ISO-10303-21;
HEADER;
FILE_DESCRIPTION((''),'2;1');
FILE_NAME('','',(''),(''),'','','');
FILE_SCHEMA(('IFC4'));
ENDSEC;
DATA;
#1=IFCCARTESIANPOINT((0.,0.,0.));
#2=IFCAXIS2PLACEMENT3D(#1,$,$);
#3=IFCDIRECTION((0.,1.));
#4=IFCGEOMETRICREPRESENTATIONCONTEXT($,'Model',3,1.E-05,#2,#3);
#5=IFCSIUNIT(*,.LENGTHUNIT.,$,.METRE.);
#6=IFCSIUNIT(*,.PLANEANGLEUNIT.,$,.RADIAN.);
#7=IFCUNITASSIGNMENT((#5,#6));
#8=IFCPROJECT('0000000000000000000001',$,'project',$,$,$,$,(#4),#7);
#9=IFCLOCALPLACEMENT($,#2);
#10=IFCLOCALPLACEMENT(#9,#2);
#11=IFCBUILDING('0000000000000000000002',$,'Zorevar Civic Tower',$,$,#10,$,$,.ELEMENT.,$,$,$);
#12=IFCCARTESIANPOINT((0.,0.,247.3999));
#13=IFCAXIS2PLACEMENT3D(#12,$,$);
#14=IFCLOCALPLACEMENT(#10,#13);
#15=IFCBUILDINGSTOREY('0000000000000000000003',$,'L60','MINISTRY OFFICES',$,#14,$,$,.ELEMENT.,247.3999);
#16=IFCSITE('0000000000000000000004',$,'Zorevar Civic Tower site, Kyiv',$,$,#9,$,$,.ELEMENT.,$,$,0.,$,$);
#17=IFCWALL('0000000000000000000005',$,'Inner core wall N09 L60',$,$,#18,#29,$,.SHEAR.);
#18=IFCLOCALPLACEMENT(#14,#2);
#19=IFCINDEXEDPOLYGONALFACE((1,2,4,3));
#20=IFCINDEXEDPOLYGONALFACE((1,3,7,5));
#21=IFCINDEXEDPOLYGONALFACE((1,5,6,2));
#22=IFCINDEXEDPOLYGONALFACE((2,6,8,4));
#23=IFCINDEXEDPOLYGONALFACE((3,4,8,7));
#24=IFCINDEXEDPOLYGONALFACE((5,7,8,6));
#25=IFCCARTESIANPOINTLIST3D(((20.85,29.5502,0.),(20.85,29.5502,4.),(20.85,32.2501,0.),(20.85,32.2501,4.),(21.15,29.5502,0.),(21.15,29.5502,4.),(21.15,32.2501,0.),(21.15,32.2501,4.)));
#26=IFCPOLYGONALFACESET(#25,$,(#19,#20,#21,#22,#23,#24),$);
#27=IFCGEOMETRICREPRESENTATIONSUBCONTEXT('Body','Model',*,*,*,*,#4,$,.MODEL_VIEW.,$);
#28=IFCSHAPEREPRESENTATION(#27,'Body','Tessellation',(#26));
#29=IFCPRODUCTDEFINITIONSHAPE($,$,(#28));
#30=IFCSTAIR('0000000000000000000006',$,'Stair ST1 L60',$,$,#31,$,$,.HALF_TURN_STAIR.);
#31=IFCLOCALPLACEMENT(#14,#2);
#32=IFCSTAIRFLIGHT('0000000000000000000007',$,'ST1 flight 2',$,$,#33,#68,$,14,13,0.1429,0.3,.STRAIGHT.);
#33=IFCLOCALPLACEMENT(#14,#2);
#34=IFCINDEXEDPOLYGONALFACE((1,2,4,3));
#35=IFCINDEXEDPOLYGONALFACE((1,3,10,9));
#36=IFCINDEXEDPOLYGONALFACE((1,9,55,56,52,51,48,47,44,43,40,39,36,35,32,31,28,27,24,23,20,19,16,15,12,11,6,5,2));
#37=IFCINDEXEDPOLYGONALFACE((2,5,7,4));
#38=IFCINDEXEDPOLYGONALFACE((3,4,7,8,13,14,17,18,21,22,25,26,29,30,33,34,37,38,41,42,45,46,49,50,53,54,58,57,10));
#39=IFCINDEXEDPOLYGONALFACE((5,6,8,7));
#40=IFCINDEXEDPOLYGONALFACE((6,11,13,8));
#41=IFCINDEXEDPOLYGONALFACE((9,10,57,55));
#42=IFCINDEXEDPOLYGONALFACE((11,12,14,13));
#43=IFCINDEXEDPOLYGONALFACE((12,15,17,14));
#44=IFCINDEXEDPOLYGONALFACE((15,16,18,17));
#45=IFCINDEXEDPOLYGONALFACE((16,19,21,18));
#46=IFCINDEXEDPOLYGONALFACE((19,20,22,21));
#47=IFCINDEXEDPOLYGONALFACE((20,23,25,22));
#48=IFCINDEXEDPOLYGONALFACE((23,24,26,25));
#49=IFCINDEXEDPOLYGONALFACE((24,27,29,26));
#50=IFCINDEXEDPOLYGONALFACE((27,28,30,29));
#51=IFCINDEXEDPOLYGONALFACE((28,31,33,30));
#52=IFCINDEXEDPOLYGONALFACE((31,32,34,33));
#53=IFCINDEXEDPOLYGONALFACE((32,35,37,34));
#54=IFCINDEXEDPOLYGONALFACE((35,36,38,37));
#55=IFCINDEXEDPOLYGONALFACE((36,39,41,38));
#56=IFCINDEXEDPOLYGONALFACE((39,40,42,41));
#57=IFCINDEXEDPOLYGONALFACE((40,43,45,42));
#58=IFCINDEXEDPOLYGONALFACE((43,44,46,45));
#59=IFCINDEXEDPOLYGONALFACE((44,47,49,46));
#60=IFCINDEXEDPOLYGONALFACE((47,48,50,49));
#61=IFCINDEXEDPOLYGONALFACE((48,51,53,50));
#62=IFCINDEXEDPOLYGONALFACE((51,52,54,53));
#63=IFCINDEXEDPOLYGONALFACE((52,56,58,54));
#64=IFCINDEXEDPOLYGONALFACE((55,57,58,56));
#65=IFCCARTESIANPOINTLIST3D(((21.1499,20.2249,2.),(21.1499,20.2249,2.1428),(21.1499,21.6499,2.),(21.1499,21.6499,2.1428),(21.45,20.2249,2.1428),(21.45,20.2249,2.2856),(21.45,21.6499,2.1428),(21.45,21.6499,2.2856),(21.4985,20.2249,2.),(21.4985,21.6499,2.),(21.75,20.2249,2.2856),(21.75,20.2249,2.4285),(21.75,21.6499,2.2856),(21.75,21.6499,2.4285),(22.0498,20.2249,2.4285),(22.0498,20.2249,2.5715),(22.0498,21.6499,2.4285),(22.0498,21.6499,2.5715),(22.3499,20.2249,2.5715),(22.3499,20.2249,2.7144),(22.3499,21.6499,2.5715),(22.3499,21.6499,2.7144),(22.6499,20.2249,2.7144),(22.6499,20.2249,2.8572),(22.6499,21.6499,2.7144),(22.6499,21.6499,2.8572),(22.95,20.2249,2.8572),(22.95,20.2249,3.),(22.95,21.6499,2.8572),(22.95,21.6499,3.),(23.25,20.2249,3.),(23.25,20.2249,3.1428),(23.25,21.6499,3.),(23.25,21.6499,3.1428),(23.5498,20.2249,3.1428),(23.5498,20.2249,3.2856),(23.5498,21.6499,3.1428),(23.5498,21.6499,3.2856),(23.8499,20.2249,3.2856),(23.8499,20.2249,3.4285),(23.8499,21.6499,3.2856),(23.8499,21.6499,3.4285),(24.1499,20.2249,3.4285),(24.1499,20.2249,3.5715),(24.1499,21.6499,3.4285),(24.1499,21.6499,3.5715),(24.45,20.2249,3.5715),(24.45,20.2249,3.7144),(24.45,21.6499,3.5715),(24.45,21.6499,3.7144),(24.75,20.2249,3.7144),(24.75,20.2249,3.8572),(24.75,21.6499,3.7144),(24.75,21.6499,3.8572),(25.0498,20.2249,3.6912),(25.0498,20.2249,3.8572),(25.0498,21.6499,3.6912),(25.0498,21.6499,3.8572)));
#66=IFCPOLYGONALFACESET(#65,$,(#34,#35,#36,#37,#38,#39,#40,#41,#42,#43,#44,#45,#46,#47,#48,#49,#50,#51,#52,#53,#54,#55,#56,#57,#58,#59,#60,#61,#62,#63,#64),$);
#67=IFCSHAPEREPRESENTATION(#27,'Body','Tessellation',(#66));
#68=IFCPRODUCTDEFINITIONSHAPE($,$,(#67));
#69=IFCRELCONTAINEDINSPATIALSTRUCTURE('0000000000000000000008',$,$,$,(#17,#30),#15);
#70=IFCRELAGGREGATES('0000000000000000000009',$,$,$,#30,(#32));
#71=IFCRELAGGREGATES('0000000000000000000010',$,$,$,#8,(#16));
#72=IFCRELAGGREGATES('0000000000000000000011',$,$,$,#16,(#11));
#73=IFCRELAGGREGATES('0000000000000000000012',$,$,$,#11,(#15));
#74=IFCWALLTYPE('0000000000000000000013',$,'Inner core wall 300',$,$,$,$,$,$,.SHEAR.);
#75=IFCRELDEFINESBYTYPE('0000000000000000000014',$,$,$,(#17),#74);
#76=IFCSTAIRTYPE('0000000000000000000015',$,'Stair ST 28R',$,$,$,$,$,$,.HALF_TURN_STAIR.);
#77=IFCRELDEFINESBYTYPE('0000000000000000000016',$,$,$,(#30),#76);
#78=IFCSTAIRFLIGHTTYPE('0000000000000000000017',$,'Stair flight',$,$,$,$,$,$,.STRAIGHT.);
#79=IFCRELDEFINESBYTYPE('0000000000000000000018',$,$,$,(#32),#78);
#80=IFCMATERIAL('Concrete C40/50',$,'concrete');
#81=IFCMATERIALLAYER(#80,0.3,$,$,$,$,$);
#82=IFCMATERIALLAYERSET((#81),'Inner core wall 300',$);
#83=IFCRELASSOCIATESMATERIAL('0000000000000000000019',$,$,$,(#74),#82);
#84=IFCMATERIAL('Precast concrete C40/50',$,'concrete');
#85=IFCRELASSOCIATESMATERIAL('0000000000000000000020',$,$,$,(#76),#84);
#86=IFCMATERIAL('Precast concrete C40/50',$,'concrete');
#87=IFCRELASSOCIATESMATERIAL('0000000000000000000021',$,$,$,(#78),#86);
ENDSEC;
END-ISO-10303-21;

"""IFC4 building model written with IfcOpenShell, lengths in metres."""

from ifc_helpers import new_model, si_unit, direction, frame, frame_2d, origin, place, context, subcontext, project, spatial, polyline, rectangle, outline, extrude, material, layer, layer_set, type_object, element, aggregate, save


model = new_model("IFC4")

# Units and contexts
model_context = context("Model", 3, precision=1e-05, world=origin(), true_north=direction((0.0, 1.0)))
body_context = subcontext(model_context, "Body", "Model", "MODEL_VIEW")
ifc_project = project(units=[si_unit("LENGTHUNIT", "METRE"), si_unit("PLANEANGLEUNIT", "RADIAN")], contexts=[model_context])

# Site, building, storey
site_placement = place(None, origin())
site = spatial("IfcSite", under=ifc_project, at=site_placement, Name="Zorevar Civic Tower site, Kyiv", CompositionType="ELEMENT", RefElevation=0.0)
building_placement = place(site_placement, origin())
building = spatial("IfcBuilding", under=site, at=building_placement, Name="Zorevar Civic Tower", CompositionType="ELEMENT")
storey_placement = place(building_placement, frame((0.0, 0.0, 247.3999)))
storey = spatial("IfcBuildingStorey", under=building, at=storey_placement, Name="L60", Description="MINISTRY OFFICES", CompositionType="ELEMENT", Elevation=247.3999)

# Shared definitions
ifc_material_1 = material(Name="Concrete C40/50", Category="concrete")
ifc_layer = layer(ifc_material_1, 0.3)
ifc_layer_set = layer_set([ifc_layer], Name="Inner core wall 300")
wall_type = type_object("IfcWallType", Name="Inner core wall 300", PredefinedType="SHEAR", material=ifc_layer_set)

# Wall
wall_1_placement = place(storey_placement, frame((21.0, 29.55, 0.0), z_axis=(0.0, 0.0, 1.0), x_axis=(0.0, 1.0, 0.0)))
element("IfcWall", 1, at=wall_1_placement, inside=storey, type_object=wall_type, Name="Inner core wall N09 L60", PredefinedType="SHEAR", context=body_context, shape_type="SweptSolid", body=[
    extrude(rectangle(XDim=2.7, YDim=0.3, at=frame_2d((1.3501, 0.0))), origin(), (0.0, 0.0, 1.0), 4.0),
])

# Stair, stair flight
ifc_material_2 = material(Name="Precast concrete C40/50", Category="concrete")
stair_type = type_object("IfcStairType", Name="Stair ST 28R", PredefinedType="HALF_TURN_STAIR", material=ifc_material_2)
stair_placement = place(storey_placement, origin())
stair = element("IfcStair", 2, at=stair_placement, inside=storey, type_object=stair_type, Name="Stair ST1 L60", PredefinedType="HALF_TURN_STAIR")
ifc_material_3 = material(Name="Precast concrete C40/50", Category="concrete")
stair_flight_type = type_object("IfcStairFlightType", Name="Stair flight", PredefinedType="STRAIGHT", material=ifc_material_3)
stair_flight_placement = place(storey_placement, frame((21.1499, 20.9375, 2.0), z_axis=(0.0, 0.0, 1.0), x_axis=(1.0, 0.0, 0.0)))
stair_flight = element("IfcStairFlight", 3, at=stair_flight_placement, type_object=stair_flight_type, Name="ST1 flight 2", NumberOfRisers=14, NumberOfTreads=13, PredefinedType="STRAIGHT", RiserHeight=0.1429, TreadLength=0.3, context=body_context, shape_type="SweptSolid", body=[
    extrude(outline(polyline([(0.0, 0.0), (0.0, 0.1428), (0.3, 0.1428), (0.3, 0.2856), (0.6001, 0.2856), (0.6001, 0.4285), (0.8999, 0.4285), (0.8999, 0.5715), (1.2, 0.5715), (1.2, 0.7144), (1.5, 0.7144), (1.5, 0.8572), (1.8, 0.8572), (1.8, 1.0), (2.1001, 1.0), (2.1001, 1.1428), (2.3999, 1.1428), (2.3999, 1.2856), (2.7, 1.2856), (2.7, 1.4285), (3.0, 1.4285), (3.0, 1.5715), (3.3, 1.5715), (3.3, 1.7144), (3.6001, 1.7144), (3.6001, 1.8572), (3.8999, 1.8572), (3.8999, 2.0), (3.8999, 1.6912), (0.3486, 0.0), (0.0, 0.0)])), frame((0.0, 0.7124, 0.0), z_axis=(0.0, -1.0, 0.0), x_axis=(1.0, 0.0, 0.0)), (0.0, 0.0, 1.0), 1.425),
])
aggregate(stair, [stair_flight])

save(model, "model.ifc")
